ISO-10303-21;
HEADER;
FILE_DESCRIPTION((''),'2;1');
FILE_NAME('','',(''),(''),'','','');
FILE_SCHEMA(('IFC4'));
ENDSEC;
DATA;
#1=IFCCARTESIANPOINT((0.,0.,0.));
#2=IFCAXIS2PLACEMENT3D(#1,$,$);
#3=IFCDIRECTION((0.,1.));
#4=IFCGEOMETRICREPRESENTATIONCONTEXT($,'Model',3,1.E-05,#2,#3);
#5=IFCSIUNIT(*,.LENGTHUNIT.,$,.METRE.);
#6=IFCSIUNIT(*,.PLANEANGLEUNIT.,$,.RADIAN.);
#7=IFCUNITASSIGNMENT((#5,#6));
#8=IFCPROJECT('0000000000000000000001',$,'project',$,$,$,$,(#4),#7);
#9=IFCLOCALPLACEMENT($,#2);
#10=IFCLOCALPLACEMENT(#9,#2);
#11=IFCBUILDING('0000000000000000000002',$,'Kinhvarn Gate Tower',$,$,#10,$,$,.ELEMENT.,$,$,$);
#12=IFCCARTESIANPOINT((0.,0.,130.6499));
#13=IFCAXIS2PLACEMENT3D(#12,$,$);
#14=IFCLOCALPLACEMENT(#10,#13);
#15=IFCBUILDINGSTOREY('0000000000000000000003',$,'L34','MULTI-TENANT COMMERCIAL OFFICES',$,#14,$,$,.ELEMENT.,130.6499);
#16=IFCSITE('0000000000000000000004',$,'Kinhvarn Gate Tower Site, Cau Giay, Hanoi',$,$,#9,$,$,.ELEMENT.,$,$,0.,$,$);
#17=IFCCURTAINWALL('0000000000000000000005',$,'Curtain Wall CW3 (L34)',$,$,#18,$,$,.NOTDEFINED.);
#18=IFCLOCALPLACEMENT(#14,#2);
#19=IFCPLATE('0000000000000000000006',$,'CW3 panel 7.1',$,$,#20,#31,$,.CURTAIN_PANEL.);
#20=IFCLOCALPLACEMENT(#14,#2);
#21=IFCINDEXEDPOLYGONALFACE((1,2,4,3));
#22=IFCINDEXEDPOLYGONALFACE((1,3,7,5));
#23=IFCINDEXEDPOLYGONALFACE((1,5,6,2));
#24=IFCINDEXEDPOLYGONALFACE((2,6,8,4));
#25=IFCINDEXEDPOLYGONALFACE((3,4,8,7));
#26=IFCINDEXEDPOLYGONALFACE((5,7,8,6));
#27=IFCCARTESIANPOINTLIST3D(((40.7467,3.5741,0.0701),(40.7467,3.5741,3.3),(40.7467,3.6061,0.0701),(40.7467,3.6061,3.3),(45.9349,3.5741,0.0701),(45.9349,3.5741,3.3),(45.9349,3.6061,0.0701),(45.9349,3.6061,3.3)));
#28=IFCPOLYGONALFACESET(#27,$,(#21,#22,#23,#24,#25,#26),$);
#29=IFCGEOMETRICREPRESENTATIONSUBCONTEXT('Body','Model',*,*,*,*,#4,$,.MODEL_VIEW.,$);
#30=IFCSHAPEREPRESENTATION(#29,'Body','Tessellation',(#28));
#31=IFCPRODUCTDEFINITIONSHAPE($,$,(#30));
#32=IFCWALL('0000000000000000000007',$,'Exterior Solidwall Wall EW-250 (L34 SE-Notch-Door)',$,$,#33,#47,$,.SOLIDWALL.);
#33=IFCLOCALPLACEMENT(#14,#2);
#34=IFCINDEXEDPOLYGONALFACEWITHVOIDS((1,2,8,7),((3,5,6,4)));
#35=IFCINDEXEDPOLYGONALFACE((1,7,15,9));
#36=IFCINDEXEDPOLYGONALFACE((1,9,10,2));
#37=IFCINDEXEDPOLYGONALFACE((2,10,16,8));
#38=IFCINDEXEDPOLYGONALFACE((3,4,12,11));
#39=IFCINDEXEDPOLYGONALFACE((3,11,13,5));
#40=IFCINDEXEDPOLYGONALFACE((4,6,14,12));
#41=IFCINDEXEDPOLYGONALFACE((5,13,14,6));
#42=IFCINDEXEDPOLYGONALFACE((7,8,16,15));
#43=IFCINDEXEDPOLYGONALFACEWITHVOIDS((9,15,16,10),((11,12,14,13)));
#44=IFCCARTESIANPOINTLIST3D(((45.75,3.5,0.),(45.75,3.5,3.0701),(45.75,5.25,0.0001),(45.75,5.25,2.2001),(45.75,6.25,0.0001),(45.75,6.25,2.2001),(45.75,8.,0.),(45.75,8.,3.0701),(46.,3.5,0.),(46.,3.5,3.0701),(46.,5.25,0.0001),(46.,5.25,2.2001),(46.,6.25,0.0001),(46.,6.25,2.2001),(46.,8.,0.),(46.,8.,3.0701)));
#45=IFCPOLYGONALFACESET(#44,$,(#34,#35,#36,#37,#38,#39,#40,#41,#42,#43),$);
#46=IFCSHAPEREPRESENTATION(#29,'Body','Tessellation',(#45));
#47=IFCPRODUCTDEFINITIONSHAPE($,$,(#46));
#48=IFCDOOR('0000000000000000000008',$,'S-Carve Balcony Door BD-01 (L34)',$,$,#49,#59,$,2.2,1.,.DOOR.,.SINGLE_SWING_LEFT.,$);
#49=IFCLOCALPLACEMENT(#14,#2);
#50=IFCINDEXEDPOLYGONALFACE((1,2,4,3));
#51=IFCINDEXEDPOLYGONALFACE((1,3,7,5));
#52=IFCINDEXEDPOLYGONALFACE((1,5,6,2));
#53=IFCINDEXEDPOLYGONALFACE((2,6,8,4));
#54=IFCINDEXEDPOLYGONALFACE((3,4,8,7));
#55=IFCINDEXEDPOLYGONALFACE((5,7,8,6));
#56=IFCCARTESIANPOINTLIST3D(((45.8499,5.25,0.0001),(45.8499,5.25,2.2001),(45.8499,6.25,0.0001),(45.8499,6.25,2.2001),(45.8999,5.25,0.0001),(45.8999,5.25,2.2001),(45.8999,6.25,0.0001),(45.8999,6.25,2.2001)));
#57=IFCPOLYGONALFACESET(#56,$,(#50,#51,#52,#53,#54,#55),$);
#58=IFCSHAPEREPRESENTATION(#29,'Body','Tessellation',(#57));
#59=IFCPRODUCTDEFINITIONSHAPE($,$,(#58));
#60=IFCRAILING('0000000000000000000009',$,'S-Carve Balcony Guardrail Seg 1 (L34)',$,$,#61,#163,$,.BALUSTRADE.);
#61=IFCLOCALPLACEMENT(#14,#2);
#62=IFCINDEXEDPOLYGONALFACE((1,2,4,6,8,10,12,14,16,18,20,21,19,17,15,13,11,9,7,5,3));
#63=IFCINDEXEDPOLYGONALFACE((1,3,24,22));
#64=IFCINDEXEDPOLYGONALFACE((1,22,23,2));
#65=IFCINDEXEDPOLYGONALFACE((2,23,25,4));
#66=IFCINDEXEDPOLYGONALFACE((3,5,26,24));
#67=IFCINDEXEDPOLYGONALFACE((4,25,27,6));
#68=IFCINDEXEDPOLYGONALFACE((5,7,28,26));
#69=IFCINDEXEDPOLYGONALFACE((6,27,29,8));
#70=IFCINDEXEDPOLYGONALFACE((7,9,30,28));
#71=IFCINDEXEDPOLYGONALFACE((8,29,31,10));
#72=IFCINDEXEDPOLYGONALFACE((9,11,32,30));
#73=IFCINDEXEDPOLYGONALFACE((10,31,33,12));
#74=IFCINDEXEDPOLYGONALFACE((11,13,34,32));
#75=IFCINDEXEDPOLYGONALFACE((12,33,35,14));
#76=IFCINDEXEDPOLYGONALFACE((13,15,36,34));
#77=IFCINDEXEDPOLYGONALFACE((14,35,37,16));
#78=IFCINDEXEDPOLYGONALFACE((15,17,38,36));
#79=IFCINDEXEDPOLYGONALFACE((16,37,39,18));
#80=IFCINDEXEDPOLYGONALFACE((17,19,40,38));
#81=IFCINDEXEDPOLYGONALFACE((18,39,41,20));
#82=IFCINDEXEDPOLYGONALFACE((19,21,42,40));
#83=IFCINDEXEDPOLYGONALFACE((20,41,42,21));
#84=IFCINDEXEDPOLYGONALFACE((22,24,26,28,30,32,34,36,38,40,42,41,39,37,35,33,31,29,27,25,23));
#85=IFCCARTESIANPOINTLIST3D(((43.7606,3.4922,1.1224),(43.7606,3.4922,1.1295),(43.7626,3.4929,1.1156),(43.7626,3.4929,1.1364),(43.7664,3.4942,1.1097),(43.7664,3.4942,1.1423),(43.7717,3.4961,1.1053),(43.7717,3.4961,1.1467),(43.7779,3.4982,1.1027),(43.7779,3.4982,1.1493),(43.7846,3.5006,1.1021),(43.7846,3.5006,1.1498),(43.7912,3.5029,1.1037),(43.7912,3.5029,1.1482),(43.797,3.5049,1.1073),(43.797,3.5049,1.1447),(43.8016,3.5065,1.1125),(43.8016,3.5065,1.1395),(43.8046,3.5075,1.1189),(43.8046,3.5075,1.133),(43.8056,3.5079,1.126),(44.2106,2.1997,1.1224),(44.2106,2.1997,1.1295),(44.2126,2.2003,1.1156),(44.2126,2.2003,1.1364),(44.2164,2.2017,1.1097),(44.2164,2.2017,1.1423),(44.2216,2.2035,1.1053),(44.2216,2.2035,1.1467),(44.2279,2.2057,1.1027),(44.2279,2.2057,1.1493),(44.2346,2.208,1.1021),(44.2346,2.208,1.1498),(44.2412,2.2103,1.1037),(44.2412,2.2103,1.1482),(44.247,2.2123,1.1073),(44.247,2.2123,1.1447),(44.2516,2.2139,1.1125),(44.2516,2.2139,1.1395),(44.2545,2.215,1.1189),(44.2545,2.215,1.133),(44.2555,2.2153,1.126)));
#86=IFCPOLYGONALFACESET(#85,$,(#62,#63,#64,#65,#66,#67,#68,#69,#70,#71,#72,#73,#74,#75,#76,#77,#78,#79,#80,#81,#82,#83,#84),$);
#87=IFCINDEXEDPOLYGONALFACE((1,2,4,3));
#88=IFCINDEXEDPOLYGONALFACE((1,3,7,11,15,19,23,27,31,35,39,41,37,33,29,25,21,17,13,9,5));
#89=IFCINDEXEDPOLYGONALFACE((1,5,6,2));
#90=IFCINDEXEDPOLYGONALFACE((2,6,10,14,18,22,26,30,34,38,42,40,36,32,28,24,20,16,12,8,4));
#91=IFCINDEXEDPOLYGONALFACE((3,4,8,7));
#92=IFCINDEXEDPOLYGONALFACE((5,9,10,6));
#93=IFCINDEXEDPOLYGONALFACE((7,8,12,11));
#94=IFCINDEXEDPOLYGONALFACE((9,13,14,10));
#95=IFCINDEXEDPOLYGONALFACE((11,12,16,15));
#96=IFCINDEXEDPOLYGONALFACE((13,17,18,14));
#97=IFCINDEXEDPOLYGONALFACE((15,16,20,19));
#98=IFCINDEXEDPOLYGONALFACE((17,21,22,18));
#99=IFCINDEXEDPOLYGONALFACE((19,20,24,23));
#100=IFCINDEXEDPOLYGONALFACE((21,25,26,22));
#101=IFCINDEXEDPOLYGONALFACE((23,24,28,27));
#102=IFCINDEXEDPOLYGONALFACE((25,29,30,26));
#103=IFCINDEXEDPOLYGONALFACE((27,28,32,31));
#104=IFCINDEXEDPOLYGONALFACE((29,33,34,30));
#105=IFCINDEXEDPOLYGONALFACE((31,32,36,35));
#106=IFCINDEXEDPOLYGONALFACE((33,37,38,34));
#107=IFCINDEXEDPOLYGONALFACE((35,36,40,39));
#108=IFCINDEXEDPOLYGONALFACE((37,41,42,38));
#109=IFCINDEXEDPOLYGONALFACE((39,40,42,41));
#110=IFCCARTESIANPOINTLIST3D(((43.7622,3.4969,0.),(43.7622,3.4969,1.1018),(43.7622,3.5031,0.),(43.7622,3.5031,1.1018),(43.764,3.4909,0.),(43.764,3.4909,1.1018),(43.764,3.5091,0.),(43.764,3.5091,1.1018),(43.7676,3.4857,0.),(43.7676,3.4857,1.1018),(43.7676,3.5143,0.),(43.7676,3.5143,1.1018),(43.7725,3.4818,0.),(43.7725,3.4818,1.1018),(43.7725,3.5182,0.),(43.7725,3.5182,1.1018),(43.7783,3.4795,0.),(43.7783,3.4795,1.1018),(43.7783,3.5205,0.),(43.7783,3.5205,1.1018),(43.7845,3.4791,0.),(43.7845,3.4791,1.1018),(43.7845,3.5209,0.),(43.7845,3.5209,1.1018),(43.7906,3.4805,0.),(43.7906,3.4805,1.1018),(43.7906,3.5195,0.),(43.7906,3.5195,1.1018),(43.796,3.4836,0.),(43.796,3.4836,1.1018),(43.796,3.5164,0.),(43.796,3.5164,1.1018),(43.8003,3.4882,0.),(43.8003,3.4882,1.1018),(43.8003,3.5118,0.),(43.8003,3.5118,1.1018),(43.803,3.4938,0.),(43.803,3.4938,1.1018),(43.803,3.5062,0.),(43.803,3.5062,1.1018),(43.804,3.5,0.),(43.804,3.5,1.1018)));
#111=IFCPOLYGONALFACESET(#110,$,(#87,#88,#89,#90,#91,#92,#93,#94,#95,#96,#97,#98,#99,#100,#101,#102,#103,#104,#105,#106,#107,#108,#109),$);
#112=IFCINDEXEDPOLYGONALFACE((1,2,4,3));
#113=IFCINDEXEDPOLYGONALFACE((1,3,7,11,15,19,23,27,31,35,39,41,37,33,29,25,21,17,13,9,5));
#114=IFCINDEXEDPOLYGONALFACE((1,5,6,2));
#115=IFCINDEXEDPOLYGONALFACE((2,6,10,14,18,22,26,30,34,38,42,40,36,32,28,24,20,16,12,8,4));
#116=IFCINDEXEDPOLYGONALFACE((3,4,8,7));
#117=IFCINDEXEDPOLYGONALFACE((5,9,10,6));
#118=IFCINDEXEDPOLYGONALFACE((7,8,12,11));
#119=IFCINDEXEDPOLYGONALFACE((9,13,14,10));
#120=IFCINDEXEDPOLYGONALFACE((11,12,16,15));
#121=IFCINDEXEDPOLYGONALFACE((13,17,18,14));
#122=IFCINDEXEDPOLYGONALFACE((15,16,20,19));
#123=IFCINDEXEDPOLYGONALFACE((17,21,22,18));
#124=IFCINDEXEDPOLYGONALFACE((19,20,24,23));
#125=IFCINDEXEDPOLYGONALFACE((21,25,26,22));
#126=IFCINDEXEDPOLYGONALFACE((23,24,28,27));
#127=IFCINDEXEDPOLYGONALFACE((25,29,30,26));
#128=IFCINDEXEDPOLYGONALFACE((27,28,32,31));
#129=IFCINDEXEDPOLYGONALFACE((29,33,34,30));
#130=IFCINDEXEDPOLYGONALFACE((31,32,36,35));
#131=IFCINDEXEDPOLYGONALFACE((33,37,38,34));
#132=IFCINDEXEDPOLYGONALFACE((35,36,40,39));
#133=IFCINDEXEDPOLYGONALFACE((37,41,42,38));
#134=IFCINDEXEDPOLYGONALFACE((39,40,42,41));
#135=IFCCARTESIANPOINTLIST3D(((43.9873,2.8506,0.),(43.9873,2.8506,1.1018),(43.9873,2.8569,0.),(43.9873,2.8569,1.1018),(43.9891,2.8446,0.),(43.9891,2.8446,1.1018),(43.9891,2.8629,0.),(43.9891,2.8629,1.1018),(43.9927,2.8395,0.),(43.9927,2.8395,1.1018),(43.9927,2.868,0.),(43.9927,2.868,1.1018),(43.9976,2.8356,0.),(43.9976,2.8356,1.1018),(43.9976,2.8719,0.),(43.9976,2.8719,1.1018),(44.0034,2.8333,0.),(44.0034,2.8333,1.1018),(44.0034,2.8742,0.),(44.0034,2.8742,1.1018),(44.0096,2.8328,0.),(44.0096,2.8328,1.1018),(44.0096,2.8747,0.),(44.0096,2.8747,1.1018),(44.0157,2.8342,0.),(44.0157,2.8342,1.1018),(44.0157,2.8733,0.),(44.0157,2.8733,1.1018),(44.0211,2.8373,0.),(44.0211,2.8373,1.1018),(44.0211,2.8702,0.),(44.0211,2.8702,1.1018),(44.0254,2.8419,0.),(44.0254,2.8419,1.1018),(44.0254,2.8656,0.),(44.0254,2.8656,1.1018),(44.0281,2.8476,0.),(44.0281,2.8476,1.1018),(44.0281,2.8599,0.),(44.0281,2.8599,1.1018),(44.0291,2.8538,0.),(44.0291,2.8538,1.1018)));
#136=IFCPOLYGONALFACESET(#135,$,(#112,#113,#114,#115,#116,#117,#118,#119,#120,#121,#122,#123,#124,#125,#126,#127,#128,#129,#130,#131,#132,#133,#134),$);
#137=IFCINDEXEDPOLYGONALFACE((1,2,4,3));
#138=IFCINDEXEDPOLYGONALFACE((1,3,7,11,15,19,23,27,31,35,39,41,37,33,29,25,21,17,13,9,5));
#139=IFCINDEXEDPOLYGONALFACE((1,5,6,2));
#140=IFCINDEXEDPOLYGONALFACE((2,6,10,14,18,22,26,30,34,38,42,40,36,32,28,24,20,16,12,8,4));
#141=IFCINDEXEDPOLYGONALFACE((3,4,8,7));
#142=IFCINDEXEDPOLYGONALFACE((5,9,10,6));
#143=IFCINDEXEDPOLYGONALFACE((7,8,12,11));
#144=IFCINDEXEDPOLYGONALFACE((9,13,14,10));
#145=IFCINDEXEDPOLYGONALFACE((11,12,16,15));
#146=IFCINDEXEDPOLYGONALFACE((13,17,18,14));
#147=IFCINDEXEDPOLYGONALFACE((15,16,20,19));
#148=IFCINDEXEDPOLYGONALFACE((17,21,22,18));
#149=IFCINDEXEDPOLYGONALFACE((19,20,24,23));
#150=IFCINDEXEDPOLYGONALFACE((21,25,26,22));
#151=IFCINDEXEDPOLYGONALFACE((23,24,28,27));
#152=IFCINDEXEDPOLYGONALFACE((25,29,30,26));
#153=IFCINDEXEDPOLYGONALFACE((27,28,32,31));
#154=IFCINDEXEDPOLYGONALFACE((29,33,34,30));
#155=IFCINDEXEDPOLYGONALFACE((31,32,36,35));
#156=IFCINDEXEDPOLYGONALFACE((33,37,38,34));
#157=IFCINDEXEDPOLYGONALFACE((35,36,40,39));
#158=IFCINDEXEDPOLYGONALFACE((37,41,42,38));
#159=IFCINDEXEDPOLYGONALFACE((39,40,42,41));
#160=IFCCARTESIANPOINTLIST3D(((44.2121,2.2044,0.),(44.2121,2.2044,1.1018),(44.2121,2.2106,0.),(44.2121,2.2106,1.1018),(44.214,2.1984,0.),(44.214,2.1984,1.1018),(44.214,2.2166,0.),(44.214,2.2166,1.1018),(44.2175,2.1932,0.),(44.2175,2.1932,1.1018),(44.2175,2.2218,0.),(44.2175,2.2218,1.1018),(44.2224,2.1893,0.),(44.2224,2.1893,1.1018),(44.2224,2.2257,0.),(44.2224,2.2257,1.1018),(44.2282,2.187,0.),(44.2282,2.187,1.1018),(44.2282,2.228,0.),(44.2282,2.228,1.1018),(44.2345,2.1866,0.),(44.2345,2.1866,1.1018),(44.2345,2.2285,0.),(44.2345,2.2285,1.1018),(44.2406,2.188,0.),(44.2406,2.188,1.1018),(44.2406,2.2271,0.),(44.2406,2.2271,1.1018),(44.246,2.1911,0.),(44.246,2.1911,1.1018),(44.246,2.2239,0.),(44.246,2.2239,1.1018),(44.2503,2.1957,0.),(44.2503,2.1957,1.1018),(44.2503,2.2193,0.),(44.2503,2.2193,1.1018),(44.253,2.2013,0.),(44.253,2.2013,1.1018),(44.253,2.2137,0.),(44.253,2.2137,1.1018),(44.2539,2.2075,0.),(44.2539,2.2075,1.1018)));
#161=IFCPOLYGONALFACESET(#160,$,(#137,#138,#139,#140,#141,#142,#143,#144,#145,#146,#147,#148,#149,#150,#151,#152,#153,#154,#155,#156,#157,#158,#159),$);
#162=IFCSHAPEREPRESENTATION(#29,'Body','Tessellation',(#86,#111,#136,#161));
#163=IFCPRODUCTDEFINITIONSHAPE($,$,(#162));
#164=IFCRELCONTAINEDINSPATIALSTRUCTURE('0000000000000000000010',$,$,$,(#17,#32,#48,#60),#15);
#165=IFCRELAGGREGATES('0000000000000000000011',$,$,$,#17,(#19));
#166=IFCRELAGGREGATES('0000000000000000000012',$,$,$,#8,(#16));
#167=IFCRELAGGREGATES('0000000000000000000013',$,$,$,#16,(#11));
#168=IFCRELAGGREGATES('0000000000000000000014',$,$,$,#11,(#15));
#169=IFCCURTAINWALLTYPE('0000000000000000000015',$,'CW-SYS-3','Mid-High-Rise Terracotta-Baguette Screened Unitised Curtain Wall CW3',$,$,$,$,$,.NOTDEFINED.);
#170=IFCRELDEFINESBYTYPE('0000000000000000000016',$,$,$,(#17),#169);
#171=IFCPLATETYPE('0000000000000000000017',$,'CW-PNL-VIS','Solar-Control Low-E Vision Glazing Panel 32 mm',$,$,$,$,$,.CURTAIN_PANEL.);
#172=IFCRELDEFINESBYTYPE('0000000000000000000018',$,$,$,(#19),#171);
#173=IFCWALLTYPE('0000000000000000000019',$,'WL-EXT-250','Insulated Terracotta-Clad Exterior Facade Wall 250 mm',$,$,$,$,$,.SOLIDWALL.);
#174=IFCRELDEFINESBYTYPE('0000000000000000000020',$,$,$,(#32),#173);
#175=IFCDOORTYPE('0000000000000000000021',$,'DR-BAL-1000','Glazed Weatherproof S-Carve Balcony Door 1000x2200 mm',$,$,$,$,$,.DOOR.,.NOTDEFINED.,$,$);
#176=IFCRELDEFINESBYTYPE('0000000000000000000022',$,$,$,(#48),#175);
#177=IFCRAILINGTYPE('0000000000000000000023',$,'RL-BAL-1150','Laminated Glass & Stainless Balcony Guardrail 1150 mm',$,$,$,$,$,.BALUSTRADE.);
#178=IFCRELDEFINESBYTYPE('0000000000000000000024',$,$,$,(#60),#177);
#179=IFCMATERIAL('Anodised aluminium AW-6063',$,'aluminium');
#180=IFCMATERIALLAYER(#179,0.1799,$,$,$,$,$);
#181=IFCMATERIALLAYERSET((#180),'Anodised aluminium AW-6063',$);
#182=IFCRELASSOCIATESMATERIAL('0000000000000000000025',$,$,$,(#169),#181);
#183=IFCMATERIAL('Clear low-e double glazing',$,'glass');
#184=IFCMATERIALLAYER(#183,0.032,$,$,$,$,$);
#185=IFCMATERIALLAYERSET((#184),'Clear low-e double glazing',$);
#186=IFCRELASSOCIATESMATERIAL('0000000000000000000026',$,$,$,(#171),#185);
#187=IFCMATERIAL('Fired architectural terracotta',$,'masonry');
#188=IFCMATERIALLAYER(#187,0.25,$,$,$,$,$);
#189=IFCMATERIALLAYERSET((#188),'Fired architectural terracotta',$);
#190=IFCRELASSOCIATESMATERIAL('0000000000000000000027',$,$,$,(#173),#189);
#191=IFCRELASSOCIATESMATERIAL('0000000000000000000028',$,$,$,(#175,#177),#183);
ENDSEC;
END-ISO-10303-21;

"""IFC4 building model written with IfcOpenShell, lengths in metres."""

from ifc_helpers import new_model, si_unit, direction, frame, frame_2d, origin, origin_2d, place, context, subcontext, project, spatial, rectangle, circle, extrude, material, layer, layer_set, type_object, element, fill, aggregate, save


model = new_model("IFC4")

# Units and contexts
model_context = context("Model", 3, precision=1e-05, world=origin(), true_north=direction((0.0, 1.0)))
body_context = subcontext(model_context, "Body", "Model", "MODEL_VIEW")
ifc_project = project(units=[si_unit("LENGTHUNIT", "METRE"), si_unit("PLANEANGLEUNIT", "RADIAN")], contexts=[model_context])

# Site, building, storey
site_placement = place(None, origin())
site = spatial("IfcSite", under=ifc_project, at=site_placement, Name="Kinhvarn Gate Tower Site, Cau Giay, Hanoi", CompositionType="ELEMENT", RefElevation=0.0)
building_placement = place(site_placement, origin())
building = spatial("IfcBuilding", under=site, at=building_placement, Name="Kinhvarn Gate Tower", CompositionType="ELEMENT")
storey_placement = place(building_placement, frame((0.0, 0.0, 130.6499)))
storey = spatial("IfcBuildingStorey", under=building, at=storey_placement, Name="L34", Description="MULTI-TENANT COMMERCIAL OFFICES", CompositionType="ELEMENT", Elevation=130.6499)

# Curtain wall
ifc_material_1 = material(Name="Anodised aluminium AW-6063", Category="aluminium")
ifc_layer_1 = layer(ifc_material_1, 0.1799)
ifc_layer_set_1 = layer_set([ifc_layer_1], Name="Anodised aluminium AW-6063")
curtain_wall_type = type_object("IfcCurtainWallType", Name="CW-SYS-3", Description="Mid-High-Rise Terracotta-Baguette Screened Unitised Curtain Wall CW3", PredefinedType="NOTDEFINED", material=ifc_layer_set_1)
curtain_wall_1_placement = place(storey_placement, origin())
curtain_wall_1 = element("IfcCurtainWall", 1, at=curtain_wall_1_placement, inside=storey, type_object=curtain_wall_type, Name="Curtain Wall CW3 (L34)", PredefinedType="NOTDEFINED")

# Plate
ifc_material_2 = material(Name="Clear low-e double glazing", Category="glass")
ifc_layer_2 = layer(ifc_material_2, 0.032)
ifc_layer_set_2 = layer_set([ifc_layer_2], Name="Clear low-e double glazing")
plate_type = type_object("IfcPlateType", Name="CW-PNL-VIS", Description="Solar-Control Low-E Vision Glazing Panel 32 mm", PredefinedType="CURTAIN_PANEL", material=ifc_layer_set_2)
plate_placement = place(storey_placement, frame((43.3408, 3.5901, 0.0701), z_axis=(0.0, 0.0, 1.0), x_axis=(1.0, 0.0, 0.0)))
plate = element("IfcPlate", 2, at=plate_placement, type_object=plate_type, Name="CW3 panel 7.1", PredefinedType="CURTAIN_PANEL", context=body_context, shape_type="SweptSolid", body=[
    extrude(rectangle(XDim=5.1882, YDim=0.032, at=origin_2d()), origin(), (0.0, 0.0, 1.0), 3.23),
])
aggregate(curtain_wall_1, [plate])

# Wall, opening, door
ifc_material_3 = material(Name="Fired architectural terracotta", Category="masonry")
ifc_layer_3 = layer(ifc_material_3, 0.25)
ifc_layer_set_3 = layer_set([ifc_layer_3], Name="Fired architectural terracotta")
wall_type = type_object("IfcWallType", Name="WL-EXT-250", Description="Insulated Terracotta-Clad Exterior Facade Wall 250 mm", PredefinedType="SOLIDWALL", material=ifc_layer_set_3)
wall_placement = place(storey_placement, frame((45.875, 3.5, 0.0), z_axis=(0.0, 0.0, 1.0), x_axis=(0.0, 1.0, 0.0)))
wall = element("IfcWall", 3, at=wall_placement, inside=storey, type_object=wall_type, Name="Exterior Solidwall Wall EW-250 (L34 SE-Notch-Door)", PredefinedType="SOLIDWALL", context=body_context, shape_type="SweptSolid", body=[
    extrude(rectangle(XDim=4.5, YDim=0.25, at=frame_2d((2.25, 0.0))), origin(), (0.0, 0.0, 1.0), 3.0701),
])
opening_placement = place(wall_placement, frame((1.75, 0.0, 0.0)))
opening = element("IfcOpeningElement", 4, at=opening_placement, cuts=wall, PredefinedType="OPENING", context=body_context, shape_type="SweptSolid", body=[
    extrude(rectangle(XDim=1.0, YDim=2.2, at=frame_2d((0.5, 1.1001))), frame((0.0, 0.135, 0.0), z_axis=(0.0, -1.0, 0.0), x_axis=(1.0, 0.0, 0.0)), (0.0, 0.0, 1.0), 0.27),
])
door_type = type_object("IfcDoorType", Name="DR-BAL-1000", Description="Glazed Weatherproof S-Carve Balcony Door 1000x2200 mm", OperationType="NOTDEFINED", PredefinedType="DOOR", material=ifc_material_2)
door_placement = place(opening_placement, frame((1.0, 0.0, 0.0), z_axis=(0.0, 0.0, 1.0), x_axis=(-1.0, 0.0, 0.0)))
door = element("IfcDoor", 5, at=door_placement, inside=storey, type_object=door_type, Name="S-Carve Balcony Door BD-01 (L34)", OperationType="SINGLE_SWING_LEFT", OverallHeight=2.2, OverallWidth=1.0, PredefinedType="DOOR", context=body_context, shape_type="SweptSolid", body=[
    extrude(rectangle(XDim=1.0, YDim=2.2, at=frame_2d((0.5, 1.1001))), frame((0.0, 0.0249, 0.0), z_axis=(0.0, -1.0, 0.0), x_axis=(1.0, 0.0, 0.0)), (0.0, 0.0, 1.0), 0.05),
])
fill(opening, door)

# Railing
railing_type = type_object("IfcRailingType", Name="RL-BAL-1150", Description="Laminated Glass & Stainless Balcony Guardrail 1150 mm", PredefinedType="BALUSTRADE", material=ifc_material_2)
railing_1_placement = place(storey_placement, frame((43.783, 3.5, 0.0)))
element("IfcRailing", 6, at=railing_1_placement, inside=storey, type_object=railing_type, Name="S-Carve Balcony Guardrail Seg 1 (L34)", PredefinedType="BALUSTRADE", context=body_context, shape_type="SweptSolid", body=[
    extrude(circle(Radius=0.0239, at=origin_2d()), frame((0.0, 0.0, 1.126), z_axis=(0.328777, -0.944408, 0.0), x_axis=(0.944408, 0.328777, 0.0)), (0.0, 0.0, 1.0), 1.3687),
    extrude(circle(Radius=0.021, at=origin_2d()), origin(), (0.0, 0.0, 1.0), 1.1018),
    extrude(circle(Radius=0.021, at=origin_2d()), frame((0.2251, -0.6462, 0.0)), (0.0, 0.0, 1.0), 1.1018),
    extrude(circle(Radius=0.021, at=origin_2d()), frame((0.45, -1.2925, 0.0)), (0.0, 0.0, 1.0), 1.1018),
])

save(model, "model.ifc")
